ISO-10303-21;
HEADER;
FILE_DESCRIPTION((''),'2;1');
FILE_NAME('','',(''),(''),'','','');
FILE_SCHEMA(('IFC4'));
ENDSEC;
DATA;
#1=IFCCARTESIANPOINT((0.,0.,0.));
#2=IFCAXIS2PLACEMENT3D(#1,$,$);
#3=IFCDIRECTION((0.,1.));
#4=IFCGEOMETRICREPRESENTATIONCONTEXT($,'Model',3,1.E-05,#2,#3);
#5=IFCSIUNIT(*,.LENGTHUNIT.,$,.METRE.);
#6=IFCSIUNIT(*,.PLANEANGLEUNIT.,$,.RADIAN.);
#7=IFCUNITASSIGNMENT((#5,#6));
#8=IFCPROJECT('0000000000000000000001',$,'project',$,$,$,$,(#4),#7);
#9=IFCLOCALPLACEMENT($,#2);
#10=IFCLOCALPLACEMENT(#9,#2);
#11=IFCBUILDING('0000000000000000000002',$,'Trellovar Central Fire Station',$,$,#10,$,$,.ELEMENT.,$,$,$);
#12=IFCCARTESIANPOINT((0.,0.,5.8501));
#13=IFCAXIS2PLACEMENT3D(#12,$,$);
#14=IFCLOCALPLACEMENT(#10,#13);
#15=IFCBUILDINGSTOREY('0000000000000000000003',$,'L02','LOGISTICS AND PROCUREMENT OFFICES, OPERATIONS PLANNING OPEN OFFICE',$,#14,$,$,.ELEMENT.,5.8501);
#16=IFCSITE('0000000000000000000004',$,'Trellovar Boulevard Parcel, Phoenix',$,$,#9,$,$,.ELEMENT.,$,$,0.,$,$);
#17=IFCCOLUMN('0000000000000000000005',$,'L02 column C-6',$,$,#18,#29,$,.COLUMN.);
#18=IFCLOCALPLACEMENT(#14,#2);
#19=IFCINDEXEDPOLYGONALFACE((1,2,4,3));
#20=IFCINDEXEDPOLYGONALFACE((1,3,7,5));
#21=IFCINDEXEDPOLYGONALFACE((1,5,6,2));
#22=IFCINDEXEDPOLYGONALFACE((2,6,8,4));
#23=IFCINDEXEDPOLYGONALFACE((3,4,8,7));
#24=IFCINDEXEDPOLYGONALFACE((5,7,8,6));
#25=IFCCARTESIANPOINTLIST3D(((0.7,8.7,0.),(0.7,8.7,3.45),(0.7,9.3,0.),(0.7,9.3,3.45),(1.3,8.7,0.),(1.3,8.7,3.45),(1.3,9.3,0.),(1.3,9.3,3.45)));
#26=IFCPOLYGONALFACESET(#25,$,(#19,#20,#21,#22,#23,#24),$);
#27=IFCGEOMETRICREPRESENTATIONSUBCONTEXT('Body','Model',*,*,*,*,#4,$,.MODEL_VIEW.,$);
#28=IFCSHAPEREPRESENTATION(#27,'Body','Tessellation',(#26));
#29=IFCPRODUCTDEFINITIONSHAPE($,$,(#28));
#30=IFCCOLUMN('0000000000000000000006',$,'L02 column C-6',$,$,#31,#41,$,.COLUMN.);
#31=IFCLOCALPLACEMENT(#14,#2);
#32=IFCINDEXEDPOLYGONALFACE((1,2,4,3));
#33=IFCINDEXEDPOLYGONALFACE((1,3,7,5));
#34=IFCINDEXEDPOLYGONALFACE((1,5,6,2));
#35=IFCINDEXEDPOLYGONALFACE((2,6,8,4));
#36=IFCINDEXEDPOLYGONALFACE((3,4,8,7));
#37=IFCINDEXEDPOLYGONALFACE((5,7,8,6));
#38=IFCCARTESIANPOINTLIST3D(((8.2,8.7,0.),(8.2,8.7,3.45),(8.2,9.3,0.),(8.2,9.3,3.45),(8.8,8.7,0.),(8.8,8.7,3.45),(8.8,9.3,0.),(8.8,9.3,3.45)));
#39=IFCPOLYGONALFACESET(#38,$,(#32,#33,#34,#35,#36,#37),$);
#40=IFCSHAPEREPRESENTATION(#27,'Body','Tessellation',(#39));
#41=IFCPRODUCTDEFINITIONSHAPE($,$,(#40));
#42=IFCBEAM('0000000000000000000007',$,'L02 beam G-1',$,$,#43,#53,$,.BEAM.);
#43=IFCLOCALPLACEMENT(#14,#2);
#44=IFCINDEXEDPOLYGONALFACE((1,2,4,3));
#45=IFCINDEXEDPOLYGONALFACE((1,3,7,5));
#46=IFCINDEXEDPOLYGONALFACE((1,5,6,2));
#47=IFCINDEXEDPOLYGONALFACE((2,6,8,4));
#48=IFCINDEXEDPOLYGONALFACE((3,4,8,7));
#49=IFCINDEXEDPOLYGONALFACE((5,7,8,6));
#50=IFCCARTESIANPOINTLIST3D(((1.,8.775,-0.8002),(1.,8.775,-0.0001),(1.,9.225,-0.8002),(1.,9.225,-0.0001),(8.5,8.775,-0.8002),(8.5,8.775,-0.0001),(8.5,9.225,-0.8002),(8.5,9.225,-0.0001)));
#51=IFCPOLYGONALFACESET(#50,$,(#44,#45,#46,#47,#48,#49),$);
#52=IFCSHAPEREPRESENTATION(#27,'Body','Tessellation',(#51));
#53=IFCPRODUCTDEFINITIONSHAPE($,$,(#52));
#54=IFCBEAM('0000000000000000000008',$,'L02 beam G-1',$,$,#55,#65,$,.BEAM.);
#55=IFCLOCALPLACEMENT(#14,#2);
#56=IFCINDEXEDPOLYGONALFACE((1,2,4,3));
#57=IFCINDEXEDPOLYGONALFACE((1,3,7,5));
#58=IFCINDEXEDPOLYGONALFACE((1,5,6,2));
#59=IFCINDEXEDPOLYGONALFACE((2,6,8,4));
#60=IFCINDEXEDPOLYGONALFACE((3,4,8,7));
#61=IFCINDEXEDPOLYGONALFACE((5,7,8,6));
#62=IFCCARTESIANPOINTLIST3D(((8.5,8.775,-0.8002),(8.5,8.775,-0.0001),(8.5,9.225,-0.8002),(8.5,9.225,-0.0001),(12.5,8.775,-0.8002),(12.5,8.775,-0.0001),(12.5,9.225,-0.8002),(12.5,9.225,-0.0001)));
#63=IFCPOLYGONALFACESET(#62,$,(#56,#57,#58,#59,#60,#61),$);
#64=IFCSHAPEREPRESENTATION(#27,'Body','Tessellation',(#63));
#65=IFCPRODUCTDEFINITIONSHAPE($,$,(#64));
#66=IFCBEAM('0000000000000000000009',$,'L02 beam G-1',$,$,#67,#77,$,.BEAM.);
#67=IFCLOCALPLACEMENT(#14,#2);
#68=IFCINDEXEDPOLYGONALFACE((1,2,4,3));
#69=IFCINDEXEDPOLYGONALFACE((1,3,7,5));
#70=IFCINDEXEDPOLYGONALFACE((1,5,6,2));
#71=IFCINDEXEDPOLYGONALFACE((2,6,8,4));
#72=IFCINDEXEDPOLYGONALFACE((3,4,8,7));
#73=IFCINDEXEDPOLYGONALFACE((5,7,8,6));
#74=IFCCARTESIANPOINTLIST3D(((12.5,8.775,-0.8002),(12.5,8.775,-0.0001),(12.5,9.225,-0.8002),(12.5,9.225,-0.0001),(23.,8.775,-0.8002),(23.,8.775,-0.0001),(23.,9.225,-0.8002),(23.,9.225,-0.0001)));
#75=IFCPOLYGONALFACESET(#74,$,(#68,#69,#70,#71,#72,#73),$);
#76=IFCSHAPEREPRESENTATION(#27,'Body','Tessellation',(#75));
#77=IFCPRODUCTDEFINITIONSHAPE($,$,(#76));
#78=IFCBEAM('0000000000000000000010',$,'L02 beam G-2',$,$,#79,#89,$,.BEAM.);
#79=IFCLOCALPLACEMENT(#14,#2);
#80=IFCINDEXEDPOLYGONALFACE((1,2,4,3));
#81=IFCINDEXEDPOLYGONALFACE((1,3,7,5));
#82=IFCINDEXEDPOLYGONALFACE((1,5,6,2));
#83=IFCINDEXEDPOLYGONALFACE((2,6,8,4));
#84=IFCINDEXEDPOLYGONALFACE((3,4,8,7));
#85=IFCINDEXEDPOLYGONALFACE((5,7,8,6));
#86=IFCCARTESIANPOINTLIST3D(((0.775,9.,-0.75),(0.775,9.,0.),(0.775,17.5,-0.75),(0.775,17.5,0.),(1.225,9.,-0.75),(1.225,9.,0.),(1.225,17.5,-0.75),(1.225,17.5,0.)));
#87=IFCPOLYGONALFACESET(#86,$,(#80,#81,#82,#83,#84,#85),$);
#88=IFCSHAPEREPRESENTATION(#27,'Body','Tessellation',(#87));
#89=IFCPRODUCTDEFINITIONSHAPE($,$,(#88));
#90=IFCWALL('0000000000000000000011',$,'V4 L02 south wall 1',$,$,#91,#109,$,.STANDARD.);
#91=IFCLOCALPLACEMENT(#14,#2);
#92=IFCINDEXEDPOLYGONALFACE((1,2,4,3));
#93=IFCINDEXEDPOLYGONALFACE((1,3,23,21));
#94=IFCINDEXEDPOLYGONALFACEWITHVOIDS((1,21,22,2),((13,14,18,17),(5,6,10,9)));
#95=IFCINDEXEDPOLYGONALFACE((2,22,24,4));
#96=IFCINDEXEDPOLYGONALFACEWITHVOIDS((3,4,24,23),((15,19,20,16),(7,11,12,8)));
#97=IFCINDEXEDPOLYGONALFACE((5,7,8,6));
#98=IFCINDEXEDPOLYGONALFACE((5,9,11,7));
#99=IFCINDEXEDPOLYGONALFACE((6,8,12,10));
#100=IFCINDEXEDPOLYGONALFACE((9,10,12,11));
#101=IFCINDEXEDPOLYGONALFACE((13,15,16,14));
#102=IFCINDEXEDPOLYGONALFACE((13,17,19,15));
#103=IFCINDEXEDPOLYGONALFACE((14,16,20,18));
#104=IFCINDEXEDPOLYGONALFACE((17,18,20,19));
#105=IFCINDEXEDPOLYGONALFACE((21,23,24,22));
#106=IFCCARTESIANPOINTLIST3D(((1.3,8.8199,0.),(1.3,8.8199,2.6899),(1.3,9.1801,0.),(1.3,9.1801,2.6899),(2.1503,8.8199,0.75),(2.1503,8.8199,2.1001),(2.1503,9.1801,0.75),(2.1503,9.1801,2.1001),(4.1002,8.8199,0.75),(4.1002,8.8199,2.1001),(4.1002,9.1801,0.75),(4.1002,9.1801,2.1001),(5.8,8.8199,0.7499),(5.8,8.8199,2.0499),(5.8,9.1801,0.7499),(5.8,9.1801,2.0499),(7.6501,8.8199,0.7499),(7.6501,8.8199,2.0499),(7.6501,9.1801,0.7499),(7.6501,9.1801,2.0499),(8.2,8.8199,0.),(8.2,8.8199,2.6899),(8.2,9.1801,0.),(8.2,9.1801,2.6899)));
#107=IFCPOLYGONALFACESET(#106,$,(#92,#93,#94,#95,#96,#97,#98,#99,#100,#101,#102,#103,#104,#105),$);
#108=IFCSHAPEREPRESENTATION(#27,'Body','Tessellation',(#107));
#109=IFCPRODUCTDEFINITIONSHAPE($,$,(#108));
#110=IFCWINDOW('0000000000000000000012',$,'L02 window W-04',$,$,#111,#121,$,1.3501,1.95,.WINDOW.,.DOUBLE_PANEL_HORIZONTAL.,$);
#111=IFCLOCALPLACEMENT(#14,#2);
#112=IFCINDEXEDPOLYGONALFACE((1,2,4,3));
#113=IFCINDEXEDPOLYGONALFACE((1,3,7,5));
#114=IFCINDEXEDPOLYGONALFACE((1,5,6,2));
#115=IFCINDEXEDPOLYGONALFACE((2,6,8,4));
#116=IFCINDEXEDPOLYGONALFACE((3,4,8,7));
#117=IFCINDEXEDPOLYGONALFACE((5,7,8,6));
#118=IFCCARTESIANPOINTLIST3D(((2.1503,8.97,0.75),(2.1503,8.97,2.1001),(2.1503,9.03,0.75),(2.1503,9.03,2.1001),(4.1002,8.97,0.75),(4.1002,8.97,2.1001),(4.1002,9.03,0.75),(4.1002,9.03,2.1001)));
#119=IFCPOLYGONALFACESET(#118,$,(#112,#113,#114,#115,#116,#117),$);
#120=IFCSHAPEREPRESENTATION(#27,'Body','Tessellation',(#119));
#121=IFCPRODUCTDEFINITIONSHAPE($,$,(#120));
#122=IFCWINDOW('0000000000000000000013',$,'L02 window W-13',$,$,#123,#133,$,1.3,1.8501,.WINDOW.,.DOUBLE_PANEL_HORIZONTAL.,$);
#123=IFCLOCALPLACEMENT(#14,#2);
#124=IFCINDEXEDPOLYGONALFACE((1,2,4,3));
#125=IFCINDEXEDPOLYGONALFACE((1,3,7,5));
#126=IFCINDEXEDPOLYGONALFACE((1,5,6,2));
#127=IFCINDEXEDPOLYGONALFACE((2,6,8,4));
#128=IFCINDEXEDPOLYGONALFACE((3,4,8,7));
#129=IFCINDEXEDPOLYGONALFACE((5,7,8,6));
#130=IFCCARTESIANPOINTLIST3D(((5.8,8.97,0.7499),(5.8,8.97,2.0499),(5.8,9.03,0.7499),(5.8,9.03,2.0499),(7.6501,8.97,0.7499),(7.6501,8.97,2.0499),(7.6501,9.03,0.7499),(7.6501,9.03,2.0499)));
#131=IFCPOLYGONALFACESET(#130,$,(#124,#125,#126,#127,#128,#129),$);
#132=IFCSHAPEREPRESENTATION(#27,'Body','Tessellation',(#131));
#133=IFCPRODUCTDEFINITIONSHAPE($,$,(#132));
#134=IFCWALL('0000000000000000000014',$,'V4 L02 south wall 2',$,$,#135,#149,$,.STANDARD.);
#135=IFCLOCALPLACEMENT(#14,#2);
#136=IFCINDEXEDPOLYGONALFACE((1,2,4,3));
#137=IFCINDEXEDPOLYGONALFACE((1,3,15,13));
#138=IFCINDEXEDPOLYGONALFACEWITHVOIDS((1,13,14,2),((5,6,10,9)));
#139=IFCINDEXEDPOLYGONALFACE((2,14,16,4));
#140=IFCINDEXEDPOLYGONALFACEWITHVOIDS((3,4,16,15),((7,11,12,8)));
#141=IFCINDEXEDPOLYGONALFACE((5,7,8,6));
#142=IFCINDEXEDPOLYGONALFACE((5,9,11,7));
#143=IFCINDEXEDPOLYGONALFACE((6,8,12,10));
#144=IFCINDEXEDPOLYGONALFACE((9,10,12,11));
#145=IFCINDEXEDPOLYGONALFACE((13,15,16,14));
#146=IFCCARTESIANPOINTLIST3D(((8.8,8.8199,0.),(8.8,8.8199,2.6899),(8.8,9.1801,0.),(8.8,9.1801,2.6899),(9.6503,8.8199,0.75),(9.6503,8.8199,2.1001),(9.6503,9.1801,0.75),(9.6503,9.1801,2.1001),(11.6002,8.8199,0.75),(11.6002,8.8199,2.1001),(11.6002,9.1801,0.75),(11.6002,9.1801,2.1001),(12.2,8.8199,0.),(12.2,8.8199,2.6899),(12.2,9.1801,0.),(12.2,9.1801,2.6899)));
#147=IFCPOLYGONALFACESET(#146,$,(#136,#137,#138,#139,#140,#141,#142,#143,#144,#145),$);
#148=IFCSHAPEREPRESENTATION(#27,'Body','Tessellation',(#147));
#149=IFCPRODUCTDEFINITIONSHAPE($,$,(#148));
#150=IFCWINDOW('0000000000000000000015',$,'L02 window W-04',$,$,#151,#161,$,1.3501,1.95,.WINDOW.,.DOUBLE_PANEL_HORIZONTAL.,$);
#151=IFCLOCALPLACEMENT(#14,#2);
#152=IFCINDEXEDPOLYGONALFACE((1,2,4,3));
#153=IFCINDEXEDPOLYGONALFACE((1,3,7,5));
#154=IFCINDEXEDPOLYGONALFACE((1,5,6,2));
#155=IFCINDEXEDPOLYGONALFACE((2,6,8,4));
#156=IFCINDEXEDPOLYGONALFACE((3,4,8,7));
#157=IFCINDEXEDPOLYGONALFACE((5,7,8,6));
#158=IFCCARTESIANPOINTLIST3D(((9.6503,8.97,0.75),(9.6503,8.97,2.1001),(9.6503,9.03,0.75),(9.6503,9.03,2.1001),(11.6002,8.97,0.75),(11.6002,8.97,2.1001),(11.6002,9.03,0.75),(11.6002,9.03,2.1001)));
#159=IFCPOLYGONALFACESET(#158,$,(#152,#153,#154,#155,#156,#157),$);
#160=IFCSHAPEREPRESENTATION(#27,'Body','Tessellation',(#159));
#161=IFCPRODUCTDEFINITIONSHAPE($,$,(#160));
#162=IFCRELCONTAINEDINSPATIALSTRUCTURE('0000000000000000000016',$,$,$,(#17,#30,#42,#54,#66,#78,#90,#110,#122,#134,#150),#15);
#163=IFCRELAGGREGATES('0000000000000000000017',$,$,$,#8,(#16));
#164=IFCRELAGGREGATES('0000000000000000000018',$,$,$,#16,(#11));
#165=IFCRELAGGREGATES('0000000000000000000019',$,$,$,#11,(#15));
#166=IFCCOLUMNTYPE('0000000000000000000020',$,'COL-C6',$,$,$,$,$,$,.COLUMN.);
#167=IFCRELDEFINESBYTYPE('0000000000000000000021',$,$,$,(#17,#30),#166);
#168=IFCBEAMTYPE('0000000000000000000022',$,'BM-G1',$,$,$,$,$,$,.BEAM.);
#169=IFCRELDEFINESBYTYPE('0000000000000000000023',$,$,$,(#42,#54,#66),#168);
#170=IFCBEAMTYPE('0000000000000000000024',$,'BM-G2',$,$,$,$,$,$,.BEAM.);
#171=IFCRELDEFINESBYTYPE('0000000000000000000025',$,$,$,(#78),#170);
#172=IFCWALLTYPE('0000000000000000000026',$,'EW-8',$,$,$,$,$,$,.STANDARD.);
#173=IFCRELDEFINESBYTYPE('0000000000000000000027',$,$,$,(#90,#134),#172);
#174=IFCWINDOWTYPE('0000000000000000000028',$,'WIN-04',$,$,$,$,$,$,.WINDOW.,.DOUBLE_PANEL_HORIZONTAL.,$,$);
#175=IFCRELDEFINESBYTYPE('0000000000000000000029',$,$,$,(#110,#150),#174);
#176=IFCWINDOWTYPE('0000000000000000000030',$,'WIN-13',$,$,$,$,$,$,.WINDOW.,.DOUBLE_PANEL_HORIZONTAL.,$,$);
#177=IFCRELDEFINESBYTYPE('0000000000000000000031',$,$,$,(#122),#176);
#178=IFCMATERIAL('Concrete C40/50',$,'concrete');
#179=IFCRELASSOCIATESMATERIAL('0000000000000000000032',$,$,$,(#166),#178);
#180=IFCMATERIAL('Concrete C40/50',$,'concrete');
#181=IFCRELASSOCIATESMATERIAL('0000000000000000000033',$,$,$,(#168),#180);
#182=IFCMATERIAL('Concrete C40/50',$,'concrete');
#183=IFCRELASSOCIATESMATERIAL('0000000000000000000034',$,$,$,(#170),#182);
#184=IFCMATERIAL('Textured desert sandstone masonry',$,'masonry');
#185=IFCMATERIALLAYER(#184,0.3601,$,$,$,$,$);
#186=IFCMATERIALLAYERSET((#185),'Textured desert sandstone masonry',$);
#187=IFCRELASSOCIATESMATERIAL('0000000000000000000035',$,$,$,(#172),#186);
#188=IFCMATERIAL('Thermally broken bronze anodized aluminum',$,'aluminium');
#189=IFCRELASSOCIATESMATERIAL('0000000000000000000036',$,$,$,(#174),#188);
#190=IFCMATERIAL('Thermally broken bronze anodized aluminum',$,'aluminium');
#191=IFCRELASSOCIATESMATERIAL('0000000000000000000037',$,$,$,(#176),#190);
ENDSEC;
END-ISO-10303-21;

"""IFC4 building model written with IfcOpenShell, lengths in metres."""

from ifc_helpers import new_model, si_unit, direction, frame, frame_2d, origin, origin_2d, place, context, subcontext, project, spatial, rectangle, extrude, material, layer, layer_set, material_profile, profile_set, type_object, element, fill, save


model = new_model("IFC4")

# Units and contexts
model_context = context("Model", 3, precision=1e-05, world=origin(), true_north=direction((0.0, 1.0)))
body_context = subcontext(model_context, "Body", "Model", "MODEL_VIEW")
ifc_project = project(units=[si_unit("LENGTHUNIT", "METRE"), si_unit("PLANEANGLEUNIT", "RADIAN")], contexts=[model_context])

# Site, building, storey
site_placement = place(None, origin())
site = spatial("IfcSite", under=ifc_project, at=site_placement, Name="Trellovar Boulevard Parcel, Phoenix", CompositionType="ELEMENT", RefElevation=0.0)
building_placement = place(site_placement, origin())
building = spatial("IfcBuilding", under=site, at=building_placement, Name="Trellovar Central Fire Station", CompositionType="ELEMENT")
storey_placement = place(building_placement, frame((0.0, 0.0, 5.8501)))
storey = spatial("IfcBuildingStorey", under=building, at=storey_placement, Name="L02", Description="LOGISTICS AND PROCUREMENT OFFICES, OPERATIONS PLANNING OPEN OFFICE", CompositionType="ELEMENT", Elevation=5.8501)

# Columns
ifc_material_1 = material(Name="Concrete C40/50", Category="concrete")
ifc_material_profile_1 = material_profile(ifc_material_1, rectangle(XDim=0.6001, YDim=0.6001, at=origin_2d()), Name="RC600X600")
ifc_profile_set_1 = profile_set([ifc_material_profile_1], Name="Concrete C40/50")
column_type = type_object("IfcColumnType", Name="COL-C6", PredefinedType="COLUMN", material=ifc_profile_set_1)
for number, where, z_axis, x_axis, name in (
    (1, (1.0, 9.0, 0.0), (0.0, 0.0, 1.0), (1.0, 0.0, 0.0), "L02 column C-6"),
    (2, (8.5, 9.0, 0.0), (0.0, 0.0, 1.0), (1.0, 0.0, 0.0), "L02 column C-6"),
):
    element("IfcColumn", number, at=place(storey_placement, frame(where, z_axis=z_axis, x_axis=x_axis)), inside=storey, type_object=column_type, Name=name, PredefinedType="COLUMN", context=body_context, shape_type="SweptSolid", body=[
        extrude(rectangle(XDim=0.6001, YDim=0.6001, at=origin_2d()), origin(), (0.0, 0.0, 1.0), 3.45),
    ])

# Beams
ifc_material_2 = material(Name="Concrete C40/50", Category="concrete")
ifc_material_profile_2 = material_profile(ifc_material_2, rectangle(XDim=0.45, YDim=0.8, at=origin_2d()), Name="RC450X800")
ifc_profile_set_2 = profile_set([ifc_material_profile_2], Name="Concrete C40/50")
beam_type_1 = type_object("IfcBeamType", Name="BM-G1", PredefinedType="BEAM", material=ifc_profile_set_2)
beam_1_placement = place(storey_placement, frame((1.0, 9.0, -0.4001), z_axis=(1.0, 0.0, 0.0), x_axis=(0.0, 1.0, 0.0)))
element("IfcBeam", 3, at=beam_1_placement, inside=storey, type_object=beam_type_1, Name="L02 beam G-1", PredefinedType="BEAM", context=body_context, shape_type="SweptSolid", body=[
    extrude(rectangle(XDim=0.45, YDim=0.8, at=origin_2d()), origin(), (0.0, 0.0, 1.0), 7.5),
])
beam_2_placement = place(storey_placement, frame((8.5, 9.0, -0.4001), z_axis=(1.0, 0.0, 0.0), x_axis=(0.0, 1.0, 0.0)))
element("IfcBeam", 4, at=beam_2_placement, inside=storey, type_object=beam_type_1, Name="L02 beam G-1", PredefinedType="BEAM", context=body_context, shape_type="SweptSolid", body=[
    extrude(rectangle(XDim=0.45, YDim=0.8, at=origin_2d()), origin(), (0.0, 0.0, 1.0), 4.0),
])
beam_3_placement = place(storey_placement, frame((12.5, 9.0, -0.4001), z_axis=(1.0, 0.0, 0.0), x_axis=(0.0, 1.0, 0.0)))
element("IfcBeam", 5, at=beam_3_placement, inside=storey, type_object=beam_type_1, Name="L02 beam G-1", PredefinedType="BEAM", context=body_context, shape_type="SweptSolid", body=[
    extrude(rectangle(XDim=0.45, YDim=0.8, at=origin_2d()), origin(), (0.0, 0.0, 1.0), 10.5),
])
ifc_material_3 = material(Name="Concrete C40/50", Category="concrete")
ifc_material_profile_3 = material_profile(ifc_material_3, rectangle(XDim=0.45, YDim=0.75, at=origin_2d()), Name="RC450X750")
ifc_profile_set_3 = profile_set([ifc_material_profile_3], Name="Concrete C40/50")
beam_type_2 = type_object("IfcBeamType", Name="BM-G2", PredefinedType="BEAM", material=ifc_profile_set_3)
beam_4_placement = place(storey_placement, frame((1.0, 9.0, -0.375), z_axis=(0.0, 1.0, 0.0), x_axis=(-1.0, 0.0, 0.0)))
element("IfcBeam", 6, at=beam_4_placement, inside=storey, type_object=beam_type_2, Name="L02 beam G-2", PredefinedType="BEAM", context=body_context, shape_type="SweptSolid", body=[
    extrude(rectangle(XDim=0.45, YDim=0.75, at=origin_2d()), origin(), (0.0, 0.0, 1.0), 8.5),
])

# Wall, openings, windows
ifc_material_4 = material(Name="Textured desert sandstone masonry", Category="masonry")
ifc_layer_1 = layer(ifc_material_4, 0.3601)
ifc_layer_set_1 = layer_set([ifc_layer_1], Name="Textured desert sandstone masonry")
wall_type = type_object("IfcWallType", Name="EW-8", PredefinedType="STANDARD", material=ifc_layer_set_1)
wall_1_placement = place(storey_placement, frame((1.3, 9.0, 0.0), z_axis=(0.0, 0.0, 1.0), x_axis=(1.0, 0.0, 0.0)))
wall_1 = element("IfcWall", 7, at=wall_1_placement, inside=storey, type_object=wall_type, Name="V4 L02 south wall 1", PredefinedType="STANDARD", context=body_context, shape_type="SweptSolid", body=[
    extrude(rectangle(XDim=6.8999, YDim=0.3601, at=frame_2d((3.45, 0.0))), origin(), (0.0, 0.0, 1.0), 2.6899),
])
opening_1_placement = place(wall_1_placement, frame((0.8501, 0.0, 0.75)))
opening_1 = element("IfcOpeningElement", 8, at=opening_1_placement, cuts=wall_1, PredefinedType="OPENING", context=body_context, shape_type="SweptSolid", body=[
    extrude(rectangle(XDim=1.95, YDim=1.3501, at=frame_2d((0.9751, 0.675))), frame((0.0, 0.1899, 0.0), z_axis=(0.0, -1.0, 0.0), x_axis=(1.0, 0.0, 0.0)), (0.0, 0.0, 1.0), 0.3801),
])
opening_2_placement = place(wall_1_placement, frame((4.5, 0.0, 0.75)))
opening_2 = element("IfcOpeningElement", 9, at=opening_2_placement, cuts=wall_1, PredefinedType="OPENING", context=body_context, shape_type="SweptSolid", body=[
    extrude(rectangle(XDim=1.8501, YDim=1.3, at=frame_2d((0.925, 0.6499))), frame((0.0, 0.1899, 0.0), z_axis=(0.0, -1.0, 0.0), x_axis=(1.0, 0.0, 0.0)), (0.0, 0.0, 1.0), 0.3801),
])
ifc_material_5 = material(Name="Thermally broken bronze anodized aluminum", Category="aluminium")
window_type_1 = type_object("IfcWindowType", Name="WIN-04", PartitioningType="DOUBLE_PANEL_HORIZONTAL", PredefinedType="WINDOW", material=ifc_material_5)
window_1_placement = place(opening_1_placement, origin())
window_1 = element("IfcWindow", 10, at=window_1_placement, inside=storey, type_object=window_type_1, Name="L02 window W-04", OverallHeight=1.3501, OverallWidth=1.95, PartitioningType="DOUBLE_PANEL_HORIZONTAL", PredefinedType="WINDOW", context=body_context, shape_type="SweptSolid", body=[
    extrude(rectangle(XDim=1.95, YDim=1.3501, at=frame_2d((0.9751, 0.675))), frame((0.0, 0.03, 0.0), z_axis=(0.0, -1.0, 0.0), x_axis=(1.0, 0.0, 0.0)), (0.0, 0.0, 1.0), 0.0601),
])
fill(opening_1, window_1)
ifc_material_6 = material(Name="Thermally broken bronze anodized aluminum", Category="aluminium")
window_type_2 = type_object("IfcWindowType", Name="WIN-13", PartitioningType="DOUBLE_PANEL_HORIZONTAL", PredefinedType="WINDOW", material=ifc_material_6)
window_2_placement = place(opening_2_placement, origin())
window_2 = element("IfcWindow", 11, at=window_2_placement, inside=storey, type_object=window_type_2, Name="L02 window W-13", OverallHeight=1.3, OverallWidth=1.8501, PartitioningType="DOUBLE_PANEL_HORIZONTAL", PredefinedType="WINDOW", context=body_context, shape_type="SweptSolid", body=[
    extrude(rectangle(XDim=1.8501, YDim=1.3, at=frame_2d((0.925, 0.6499))), frame((0.0, 0.03, 0.0), z_axis=(0.0, -1.0, 0.0), x_axis=(1.0, 0.0, 0.0)), (0.0, 0.0, 1.0), 0.0601),
])
fill(opening_2, window_2)

# Wall, opening, window
wall_2_placement = place(storey_placement, frame((8.8, 9.0, 0.0), z_axis=(0.0, 0.0, 1.0), x_axis=(1.0, 0.0, 0.0)))
wall_2 = element("IfcWall", 12, at=wall_2_placement, inside=storey, type_object=wall_type, Name="V4 L02 south wall 2", PredefinedType="STANDARD", context=body_context, shape_type="SweptSolid", body=[
    extrude(rectangle(XDim=3.3999, YDim=0.3601, at=frame_2d((1.7, 0.0))), origin(), (0.0, 0.0, 1.0), 2.6899),
])
opening_3_placement = place(wall_2_placement, frame((0.8501, 0.0, 0.75)))
opening_3 = element("IfcOpeningElement", 13, at=opening_3_placement, cuts=wall_2, PredefinedType="OPENING", context=body_context, shape_type="SweptSolid", body=[
    extrude(rectangle(XDim=1.95, YDim=1.3501, at=frame_2d((0.9751, 0.675))), frame((0.0, 0.1899, 0.0), z_axis=(0.0, -1.0, 0.0), x_axis=(1.0, 0.0, 0.0)), (0.0, 0.0, 1.0), 0.3801),
])
window_3_placement = place(opening_3_placement, origin())
window_3 = element("IfcWindow", 14, at=window_3_placement, inside=storey, type_object=window_type_1, Name="L02 window W-04", OverallHeight=1.3501, OverallWidth=1.95, PartitioningType="DOUBLE_PANEL_HORIZONTAL", PredefinedType="WINDOW", context=body_context, shape_type="SweptSolid", body=[
    extrude(rectangle(XDim=1.95, YDim=1.3501, at=frame_2d((0.9751, 0.675))), frame((0.0, 0.03, 0.0), z_axis=(0.0, -1.0, 0.0), x_axis=(1.0, 0.0, 0.0)), (0.0, 0.0, 1.0), 0.0601),
])
fill(opening_3, window_3)

save(model, "model.ifc")
